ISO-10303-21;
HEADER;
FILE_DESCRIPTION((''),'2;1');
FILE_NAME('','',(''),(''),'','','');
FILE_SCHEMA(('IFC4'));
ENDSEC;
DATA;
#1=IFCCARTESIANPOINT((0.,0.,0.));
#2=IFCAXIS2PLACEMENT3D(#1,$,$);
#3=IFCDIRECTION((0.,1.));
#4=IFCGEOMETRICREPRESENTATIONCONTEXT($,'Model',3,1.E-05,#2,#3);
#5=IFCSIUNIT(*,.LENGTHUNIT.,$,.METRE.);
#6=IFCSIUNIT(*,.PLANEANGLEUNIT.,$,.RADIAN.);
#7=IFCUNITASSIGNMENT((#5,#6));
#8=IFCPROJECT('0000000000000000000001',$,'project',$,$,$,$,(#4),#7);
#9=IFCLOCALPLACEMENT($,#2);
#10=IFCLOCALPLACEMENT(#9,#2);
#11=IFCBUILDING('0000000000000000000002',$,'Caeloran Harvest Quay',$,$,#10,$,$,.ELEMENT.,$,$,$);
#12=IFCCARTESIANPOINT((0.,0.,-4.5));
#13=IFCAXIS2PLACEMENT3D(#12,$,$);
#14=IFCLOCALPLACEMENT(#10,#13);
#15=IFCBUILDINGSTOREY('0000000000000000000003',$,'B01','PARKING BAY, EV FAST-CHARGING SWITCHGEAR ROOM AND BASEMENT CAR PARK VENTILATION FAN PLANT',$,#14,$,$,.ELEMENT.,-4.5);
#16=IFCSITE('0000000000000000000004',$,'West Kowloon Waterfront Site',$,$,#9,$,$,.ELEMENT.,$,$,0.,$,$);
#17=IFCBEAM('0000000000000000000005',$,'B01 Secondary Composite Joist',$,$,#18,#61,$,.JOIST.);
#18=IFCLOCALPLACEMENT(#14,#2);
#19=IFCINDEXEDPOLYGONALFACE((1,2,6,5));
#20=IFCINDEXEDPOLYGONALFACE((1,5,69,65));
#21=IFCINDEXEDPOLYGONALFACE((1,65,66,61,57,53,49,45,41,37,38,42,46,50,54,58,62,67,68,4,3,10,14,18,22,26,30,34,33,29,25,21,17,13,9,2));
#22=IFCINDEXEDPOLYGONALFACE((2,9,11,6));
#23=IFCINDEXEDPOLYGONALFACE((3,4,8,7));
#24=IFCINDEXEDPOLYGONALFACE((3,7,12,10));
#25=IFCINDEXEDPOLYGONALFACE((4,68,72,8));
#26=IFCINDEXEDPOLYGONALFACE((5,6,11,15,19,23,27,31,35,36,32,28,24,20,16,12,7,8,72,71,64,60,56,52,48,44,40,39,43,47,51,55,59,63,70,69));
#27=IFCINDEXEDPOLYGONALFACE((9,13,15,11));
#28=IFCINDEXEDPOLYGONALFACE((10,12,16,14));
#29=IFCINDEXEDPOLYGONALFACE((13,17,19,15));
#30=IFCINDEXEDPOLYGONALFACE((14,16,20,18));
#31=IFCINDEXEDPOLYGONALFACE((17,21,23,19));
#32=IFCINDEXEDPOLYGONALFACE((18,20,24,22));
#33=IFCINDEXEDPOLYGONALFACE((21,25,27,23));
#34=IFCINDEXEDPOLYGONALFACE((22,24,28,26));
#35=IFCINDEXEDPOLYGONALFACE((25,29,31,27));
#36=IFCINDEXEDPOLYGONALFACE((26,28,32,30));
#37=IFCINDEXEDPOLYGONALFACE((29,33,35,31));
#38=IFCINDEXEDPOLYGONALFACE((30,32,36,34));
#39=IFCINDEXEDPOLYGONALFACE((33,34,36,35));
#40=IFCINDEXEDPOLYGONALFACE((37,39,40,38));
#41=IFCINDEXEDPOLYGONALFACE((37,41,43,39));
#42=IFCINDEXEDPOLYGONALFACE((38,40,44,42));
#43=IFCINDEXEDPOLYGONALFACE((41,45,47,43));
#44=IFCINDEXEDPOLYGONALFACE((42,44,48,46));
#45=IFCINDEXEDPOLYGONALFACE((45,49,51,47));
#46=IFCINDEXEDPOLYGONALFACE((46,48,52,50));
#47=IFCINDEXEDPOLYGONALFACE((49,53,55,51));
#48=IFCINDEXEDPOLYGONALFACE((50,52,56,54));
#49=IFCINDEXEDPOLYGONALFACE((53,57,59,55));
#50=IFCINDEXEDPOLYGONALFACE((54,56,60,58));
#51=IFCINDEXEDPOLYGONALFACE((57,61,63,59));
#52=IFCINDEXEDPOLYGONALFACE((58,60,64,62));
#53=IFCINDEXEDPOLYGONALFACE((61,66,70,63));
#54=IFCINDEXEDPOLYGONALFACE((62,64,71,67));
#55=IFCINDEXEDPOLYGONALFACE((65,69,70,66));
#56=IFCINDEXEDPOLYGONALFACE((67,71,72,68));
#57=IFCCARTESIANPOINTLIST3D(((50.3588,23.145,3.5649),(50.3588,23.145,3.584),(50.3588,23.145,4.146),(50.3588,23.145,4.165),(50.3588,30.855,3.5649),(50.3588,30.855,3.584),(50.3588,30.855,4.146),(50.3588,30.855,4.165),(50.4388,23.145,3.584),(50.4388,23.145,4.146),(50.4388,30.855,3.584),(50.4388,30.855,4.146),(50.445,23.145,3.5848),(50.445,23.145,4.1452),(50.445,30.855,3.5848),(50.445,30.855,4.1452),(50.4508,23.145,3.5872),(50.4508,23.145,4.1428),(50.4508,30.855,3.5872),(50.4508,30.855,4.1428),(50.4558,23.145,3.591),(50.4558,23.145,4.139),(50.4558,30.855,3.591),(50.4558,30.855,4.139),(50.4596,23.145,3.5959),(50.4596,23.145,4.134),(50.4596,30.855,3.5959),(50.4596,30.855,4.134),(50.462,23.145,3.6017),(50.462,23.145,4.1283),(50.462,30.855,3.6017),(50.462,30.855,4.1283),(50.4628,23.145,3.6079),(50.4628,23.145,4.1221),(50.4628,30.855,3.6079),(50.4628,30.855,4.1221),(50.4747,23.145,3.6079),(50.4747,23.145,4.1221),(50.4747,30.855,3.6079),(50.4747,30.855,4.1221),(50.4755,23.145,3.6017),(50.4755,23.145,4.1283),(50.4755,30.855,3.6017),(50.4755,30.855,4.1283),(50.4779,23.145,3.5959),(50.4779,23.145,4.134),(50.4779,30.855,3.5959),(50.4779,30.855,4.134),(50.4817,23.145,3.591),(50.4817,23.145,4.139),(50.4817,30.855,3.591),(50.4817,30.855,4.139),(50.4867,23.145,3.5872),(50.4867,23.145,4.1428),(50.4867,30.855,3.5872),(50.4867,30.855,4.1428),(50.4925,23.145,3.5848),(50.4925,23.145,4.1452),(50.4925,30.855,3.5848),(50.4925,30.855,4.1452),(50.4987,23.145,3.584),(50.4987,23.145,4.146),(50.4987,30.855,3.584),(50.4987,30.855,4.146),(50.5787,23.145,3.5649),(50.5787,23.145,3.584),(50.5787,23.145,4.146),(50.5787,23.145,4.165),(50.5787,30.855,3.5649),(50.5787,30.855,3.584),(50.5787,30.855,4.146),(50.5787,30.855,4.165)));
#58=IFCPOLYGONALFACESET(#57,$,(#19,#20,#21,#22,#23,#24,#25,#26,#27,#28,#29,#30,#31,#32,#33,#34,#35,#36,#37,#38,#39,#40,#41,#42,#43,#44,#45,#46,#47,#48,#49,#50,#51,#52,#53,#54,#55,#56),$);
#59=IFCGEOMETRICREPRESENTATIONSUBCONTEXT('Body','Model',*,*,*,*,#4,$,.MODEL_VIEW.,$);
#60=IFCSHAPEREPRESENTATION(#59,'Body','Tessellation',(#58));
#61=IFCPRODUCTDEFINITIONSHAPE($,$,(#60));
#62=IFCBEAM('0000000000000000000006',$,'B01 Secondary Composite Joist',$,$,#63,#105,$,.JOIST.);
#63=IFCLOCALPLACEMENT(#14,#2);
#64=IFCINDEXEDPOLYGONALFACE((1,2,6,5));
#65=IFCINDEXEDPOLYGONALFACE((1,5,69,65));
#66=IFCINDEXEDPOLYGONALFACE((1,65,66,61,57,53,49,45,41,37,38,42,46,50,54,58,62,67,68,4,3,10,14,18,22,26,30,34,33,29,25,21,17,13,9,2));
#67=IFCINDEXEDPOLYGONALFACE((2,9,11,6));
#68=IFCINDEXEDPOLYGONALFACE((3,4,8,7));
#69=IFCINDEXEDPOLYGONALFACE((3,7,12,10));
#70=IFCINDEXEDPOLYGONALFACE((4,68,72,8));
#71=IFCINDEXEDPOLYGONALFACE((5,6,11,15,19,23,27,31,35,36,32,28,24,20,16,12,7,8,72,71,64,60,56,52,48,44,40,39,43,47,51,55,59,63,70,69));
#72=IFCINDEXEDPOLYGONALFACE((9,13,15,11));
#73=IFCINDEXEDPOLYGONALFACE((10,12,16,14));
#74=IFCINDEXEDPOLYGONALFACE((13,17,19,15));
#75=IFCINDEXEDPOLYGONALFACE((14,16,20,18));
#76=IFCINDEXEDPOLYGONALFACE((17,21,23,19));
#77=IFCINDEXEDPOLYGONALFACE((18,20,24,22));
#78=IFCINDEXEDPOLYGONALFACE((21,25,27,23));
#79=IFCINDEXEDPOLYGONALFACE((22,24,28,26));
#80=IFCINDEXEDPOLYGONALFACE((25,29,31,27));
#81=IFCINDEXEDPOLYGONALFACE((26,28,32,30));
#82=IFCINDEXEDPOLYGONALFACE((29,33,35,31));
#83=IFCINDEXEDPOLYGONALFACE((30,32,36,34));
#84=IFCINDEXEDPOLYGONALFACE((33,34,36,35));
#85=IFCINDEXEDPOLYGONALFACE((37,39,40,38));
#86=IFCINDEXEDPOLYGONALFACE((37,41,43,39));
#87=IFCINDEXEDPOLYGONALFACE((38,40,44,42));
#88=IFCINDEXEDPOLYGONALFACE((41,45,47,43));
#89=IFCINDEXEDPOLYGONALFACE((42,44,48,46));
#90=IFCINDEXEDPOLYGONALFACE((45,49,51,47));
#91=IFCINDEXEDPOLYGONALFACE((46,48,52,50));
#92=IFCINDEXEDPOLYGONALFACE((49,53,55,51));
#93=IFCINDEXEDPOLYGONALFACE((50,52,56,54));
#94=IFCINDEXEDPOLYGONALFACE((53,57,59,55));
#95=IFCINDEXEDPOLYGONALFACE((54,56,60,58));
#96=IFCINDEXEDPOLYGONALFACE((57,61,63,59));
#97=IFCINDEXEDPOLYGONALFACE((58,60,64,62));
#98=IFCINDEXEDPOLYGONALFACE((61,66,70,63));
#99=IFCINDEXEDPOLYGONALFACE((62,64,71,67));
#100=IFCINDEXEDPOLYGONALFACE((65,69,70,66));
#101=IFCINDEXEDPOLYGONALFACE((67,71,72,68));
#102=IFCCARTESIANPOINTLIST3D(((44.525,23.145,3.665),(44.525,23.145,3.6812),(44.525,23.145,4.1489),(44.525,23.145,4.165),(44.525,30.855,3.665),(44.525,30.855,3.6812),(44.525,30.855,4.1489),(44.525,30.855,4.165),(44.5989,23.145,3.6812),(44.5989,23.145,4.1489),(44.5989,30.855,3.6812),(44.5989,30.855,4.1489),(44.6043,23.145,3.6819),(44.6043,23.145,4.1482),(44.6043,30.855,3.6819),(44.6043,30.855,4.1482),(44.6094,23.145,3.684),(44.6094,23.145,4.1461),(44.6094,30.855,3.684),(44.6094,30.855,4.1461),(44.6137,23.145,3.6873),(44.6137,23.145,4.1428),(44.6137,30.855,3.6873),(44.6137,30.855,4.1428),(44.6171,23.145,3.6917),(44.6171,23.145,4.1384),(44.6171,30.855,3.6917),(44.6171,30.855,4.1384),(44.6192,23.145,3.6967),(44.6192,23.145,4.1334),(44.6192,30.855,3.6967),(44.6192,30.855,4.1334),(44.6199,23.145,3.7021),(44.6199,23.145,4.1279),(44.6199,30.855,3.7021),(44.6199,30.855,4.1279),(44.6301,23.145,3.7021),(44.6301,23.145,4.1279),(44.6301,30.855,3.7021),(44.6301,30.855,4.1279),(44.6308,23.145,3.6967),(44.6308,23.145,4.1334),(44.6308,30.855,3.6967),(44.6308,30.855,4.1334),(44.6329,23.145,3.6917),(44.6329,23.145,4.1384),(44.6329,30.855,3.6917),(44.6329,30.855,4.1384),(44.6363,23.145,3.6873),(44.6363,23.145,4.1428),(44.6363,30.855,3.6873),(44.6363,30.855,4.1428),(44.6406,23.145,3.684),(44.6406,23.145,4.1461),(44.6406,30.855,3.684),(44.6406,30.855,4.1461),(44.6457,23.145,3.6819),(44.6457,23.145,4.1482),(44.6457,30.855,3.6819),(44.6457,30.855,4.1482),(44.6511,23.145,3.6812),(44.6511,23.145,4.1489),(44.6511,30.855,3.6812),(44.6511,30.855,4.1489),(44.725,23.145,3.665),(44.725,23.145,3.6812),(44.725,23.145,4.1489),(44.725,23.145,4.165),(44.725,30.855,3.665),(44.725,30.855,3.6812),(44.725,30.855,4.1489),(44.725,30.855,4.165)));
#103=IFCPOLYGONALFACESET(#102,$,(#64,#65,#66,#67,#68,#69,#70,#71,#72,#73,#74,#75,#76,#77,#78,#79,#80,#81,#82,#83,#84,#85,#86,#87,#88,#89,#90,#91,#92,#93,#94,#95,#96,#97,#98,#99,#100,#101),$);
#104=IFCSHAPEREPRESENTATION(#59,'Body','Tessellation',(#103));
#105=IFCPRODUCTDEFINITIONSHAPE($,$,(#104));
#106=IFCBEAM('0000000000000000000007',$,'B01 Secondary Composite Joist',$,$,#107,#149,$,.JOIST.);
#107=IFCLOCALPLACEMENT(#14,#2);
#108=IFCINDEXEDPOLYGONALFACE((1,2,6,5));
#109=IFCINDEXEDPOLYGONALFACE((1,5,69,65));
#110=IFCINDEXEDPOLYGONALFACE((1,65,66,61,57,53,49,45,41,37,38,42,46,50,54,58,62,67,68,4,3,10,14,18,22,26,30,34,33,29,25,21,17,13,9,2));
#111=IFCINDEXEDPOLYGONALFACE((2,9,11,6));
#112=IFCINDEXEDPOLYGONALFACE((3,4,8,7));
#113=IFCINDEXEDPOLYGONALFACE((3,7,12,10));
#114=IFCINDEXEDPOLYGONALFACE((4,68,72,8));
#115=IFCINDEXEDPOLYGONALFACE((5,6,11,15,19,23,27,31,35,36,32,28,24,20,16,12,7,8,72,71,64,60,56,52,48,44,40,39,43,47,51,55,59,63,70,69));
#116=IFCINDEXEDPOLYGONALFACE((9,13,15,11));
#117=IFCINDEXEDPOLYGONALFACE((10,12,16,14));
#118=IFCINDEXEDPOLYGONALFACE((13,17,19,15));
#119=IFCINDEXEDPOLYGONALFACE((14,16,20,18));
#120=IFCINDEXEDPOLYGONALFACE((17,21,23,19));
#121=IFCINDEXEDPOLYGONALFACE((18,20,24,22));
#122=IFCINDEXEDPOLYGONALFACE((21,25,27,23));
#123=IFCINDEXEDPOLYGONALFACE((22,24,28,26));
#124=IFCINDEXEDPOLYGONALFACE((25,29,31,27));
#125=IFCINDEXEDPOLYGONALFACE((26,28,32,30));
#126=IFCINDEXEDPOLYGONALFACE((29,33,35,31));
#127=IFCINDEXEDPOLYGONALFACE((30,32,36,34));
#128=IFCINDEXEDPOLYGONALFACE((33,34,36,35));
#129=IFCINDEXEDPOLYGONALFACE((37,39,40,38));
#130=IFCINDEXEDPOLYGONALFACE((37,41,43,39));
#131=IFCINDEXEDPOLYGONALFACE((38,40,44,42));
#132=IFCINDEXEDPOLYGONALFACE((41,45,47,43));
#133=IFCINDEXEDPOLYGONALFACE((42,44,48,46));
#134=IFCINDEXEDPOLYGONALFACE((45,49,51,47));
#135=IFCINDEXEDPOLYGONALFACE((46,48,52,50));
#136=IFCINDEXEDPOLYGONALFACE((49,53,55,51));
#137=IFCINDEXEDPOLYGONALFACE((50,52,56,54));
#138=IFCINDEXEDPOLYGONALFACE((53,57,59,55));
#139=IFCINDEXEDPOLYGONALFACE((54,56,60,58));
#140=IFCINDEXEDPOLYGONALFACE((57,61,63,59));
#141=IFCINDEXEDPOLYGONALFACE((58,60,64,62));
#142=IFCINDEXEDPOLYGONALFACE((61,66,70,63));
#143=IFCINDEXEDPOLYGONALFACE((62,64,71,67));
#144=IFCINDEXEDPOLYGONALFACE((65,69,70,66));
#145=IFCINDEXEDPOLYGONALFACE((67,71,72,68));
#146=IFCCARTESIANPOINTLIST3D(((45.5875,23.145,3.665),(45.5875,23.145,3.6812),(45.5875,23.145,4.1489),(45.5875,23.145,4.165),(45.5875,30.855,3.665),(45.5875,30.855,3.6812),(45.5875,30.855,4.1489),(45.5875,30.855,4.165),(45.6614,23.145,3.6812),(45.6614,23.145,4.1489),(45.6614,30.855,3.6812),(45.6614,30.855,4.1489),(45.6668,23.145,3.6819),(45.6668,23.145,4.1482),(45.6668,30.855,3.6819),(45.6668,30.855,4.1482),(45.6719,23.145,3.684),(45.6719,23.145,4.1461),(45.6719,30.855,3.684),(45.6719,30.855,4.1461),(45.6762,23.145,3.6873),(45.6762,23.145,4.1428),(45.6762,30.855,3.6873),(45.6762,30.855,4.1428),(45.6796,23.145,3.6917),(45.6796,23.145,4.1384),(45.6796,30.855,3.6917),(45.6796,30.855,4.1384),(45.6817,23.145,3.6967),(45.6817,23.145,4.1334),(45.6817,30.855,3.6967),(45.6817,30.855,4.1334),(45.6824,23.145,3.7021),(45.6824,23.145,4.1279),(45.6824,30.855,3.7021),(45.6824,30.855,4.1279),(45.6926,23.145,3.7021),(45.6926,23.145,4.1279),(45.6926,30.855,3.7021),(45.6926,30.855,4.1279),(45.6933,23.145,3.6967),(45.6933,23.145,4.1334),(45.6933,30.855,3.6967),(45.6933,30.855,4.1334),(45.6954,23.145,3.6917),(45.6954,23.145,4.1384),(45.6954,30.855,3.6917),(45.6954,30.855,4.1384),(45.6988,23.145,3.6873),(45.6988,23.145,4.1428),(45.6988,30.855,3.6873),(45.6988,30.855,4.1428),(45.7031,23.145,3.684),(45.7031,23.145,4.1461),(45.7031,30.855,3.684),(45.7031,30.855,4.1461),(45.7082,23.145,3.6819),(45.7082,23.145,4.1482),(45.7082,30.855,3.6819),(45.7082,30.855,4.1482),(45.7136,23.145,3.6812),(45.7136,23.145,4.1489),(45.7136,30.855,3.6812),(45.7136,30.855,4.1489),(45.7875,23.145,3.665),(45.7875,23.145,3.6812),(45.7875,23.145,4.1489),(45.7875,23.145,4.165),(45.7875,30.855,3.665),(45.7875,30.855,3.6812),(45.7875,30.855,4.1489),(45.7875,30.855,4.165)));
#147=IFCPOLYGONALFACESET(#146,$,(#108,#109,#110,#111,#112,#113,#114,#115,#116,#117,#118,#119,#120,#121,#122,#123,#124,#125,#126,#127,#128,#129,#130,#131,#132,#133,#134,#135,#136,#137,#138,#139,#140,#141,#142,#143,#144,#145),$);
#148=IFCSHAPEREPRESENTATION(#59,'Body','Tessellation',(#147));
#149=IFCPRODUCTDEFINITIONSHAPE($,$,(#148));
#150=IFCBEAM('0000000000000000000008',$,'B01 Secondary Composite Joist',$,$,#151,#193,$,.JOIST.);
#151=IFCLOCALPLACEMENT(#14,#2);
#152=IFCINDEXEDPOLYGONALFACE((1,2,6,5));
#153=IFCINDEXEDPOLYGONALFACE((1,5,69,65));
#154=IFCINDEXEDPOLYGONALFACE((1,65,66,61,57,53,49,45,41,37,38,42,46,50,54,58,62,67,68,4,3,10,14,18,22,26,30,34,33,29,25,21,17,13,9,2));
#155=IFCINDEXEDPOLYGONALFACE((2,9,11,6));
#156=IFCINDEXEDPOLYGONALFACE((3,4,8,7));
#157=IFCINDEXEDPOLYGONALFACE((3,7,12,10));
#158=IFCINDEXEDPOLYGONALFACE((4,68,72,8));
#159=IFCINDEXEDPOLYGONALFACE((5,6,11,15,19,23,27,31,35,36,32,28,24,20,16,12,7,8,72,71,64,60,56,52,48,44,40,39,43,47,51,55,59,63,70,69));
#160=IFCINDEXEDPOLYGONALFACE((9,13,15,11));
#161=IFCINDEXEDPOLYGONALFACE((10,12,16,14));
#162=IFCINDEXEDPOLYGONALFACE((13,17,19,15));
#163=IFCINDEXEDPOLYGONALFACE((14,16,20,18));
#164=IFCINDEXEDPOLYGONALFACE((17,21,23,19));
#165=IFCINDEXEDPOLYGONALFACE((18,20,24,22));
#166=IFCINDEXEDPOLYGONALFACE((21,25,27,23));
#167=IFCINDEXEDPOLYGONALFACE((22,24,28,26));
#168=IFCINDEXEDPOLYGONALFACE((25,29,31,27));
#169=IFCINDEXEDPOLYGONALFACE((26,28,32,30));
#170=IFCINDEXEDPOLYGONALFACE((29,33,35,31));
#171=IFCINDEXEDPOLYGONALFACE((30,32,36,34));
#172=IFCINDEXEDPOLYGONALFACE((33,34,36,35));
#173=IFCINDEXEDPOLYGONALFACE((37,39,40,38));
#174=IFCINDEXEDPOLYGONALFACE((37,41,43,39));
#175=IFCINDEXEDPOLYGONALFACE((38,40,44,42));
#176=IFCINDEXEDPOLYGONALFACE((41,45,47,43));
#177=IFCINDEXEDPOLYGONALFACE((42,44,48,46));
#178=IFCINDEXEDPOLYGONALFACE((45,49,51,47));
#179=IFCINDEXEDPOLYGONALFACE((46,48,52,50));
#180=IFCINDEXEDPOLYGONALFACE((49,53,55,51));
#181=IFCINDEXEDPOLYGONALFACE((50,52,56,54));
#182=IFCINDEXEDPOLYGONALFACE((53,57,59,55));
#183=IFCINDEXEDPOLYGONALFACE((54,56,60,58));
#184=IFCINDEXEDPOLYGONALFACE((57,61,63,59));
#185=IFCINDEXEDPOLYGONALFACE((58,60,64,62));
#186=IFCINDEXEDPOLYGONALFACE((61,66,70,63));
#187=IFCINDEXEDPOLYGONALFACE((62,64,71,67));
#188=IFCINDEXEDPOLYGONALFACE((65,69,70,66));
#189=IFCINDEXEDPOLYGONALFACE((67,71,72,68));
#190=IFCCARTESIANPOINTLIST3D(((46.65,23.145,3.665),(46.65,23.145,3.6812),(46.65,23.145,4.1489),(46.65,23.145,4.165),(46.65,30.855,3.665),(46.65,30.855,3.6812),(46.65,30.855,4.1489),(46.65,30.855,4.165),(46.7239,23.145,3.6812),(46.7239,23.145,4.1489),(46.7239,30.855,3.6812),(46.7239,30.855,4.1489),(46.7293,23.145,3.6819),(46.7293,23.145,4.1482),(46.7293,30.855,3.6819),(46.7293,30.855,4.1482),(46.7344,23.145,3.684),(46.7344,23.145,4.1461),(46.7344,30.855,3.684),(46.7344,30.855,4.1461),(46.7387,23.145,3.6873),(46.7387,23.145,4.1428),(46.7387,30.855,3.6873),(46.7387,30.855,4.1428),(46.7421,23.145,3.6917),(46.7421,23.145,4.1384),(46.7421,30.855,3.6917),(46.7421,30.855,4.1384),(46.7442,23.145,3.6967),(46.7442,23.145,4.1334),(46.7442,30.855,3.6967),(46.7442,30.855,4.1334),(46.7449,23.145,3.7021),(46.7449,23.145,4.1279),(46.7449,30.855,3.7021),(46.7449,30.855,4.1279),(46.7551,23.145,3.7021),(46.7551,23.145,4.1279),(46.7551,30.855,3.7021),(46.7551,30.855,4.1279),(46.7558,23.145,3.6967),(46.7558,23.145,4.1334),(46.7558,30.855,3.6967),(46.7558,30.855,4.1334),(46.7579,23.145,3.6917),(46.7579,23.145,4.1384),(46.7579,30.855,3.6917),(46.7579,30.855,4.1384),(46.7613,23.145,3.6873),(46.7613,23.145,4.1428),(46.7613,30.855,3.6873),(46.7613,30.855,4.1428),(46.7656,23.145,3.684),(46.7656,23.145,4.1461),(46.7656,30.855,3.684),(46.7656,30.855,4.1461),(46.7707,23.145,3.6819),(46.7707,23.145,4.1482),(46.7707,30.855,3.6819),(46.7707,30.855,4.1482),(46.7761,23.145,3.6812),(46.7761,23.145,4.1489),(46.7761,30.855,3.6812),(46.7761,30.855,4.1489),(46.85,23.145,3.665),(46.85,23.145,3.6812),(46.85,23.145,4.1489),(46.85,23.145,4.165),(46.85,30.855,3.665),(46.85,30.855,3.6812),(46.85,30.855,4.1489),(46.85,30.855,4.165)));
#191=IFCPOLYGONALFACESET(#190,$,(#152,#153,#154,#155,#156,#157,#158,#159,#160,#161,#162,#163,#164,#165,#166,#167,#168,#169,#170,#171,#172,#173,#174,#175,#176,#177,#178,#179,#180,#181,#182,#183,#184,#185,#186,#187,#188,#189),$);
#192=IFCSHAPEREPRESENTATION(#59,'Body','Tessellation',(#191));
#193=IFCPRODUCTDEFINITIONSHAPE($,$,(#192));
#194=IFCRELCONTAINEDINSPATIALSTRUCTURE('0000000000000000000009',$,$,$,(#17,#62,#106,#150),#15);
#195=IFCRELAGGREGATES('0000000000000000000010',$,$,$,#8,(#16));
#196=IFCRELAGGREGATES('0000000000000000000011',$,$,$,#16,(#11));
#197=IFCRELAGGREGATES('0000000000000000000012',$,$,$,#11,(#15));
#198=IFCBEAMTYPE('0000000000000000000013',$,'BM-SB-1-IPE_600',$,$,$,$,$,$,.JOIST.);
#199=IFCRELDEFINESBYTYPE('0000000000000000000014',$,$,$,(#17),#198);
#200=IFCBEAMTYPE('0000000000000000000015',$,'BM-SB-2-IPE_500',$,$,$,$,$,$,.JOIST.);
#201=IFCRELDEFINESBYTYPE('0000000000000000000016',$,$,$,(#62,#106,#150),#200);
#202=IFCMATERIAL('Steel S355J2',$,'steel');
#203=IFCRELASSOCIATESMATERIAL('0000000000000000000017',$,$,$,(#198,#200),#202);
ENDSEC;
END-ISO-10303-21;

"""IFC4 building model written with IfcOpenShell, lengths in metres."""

from ifc_helpers import new_model, si_unit, direction, frame, origin, origin_2d, place, context, subcontext, project, spatial, i_section, extrude, material, material_profile, profile_set, type_object, element, save


model = new_model("IFC4")

# Units and contexts
model_context = context("Model", 3, precision=1e-05, world=origin(), true_north=direction((0.0, 1.0)))
body_context = subcontext(model_context, "Body", "Model", "MODEL_VIEW")
ifc_project = project(units=[si_unit("LENGTHUNIT", "METRE"), si_unit("PLANEANGLEUNIT", "RADIAN")], contexts=[model_context])

# Site, building, storey
site_placement = place(None, origin())
site = spatial("IfcSite", under=ifc_project, at=site_placement, Name="West Kowloon Waterfront Site", CompositionType="ELEMENT", RefElevation=0.0)
building_placement = place(site_placement, origin())
building = spatial("IfcBuilding", under=site, at=building_placement, Name="Caeloran Harvest Quay", CompositionType="ELEMENT")
storey_placement = place(building_placement, frame((0.0, 0.0, -4.5)))
storey = spatial("IfcBuildingStorey", under=building, at=storey_placement, Name="B01", Description="PARKING BAY, EV FAST-CHARGING SWITCHGEAR ROOM AND BASEMENT CAR PARK VENTILATION FAN PLANT", CompositionType="ELEMENT", Elevation=-4.5)

# Beams
ifc_material_1 = material(Name="Steel S355J2", Category="steel")
ifc_material_profile_1 = material_profile(ifc_material_1, i_section(OverallWidth=0.22, OverallDepth=0.6001, WebThickness=0.012, FlangeThickness=0.019, FilletRadius=0.0239, at=origin_2d()), Name="IPE 600")
ifc_profile_set_1 = profile_set([ifc_material_profile_1], Name="Steel S355J2")
beam_type_1 = type_object("IfcBeamType", Name="BM-SB-1-IPE_600", PredefinedType="JOIST", material=ifc_profile_set_1)
for number, where, z_axis, x_axis, name in (
    (1, (50.4688, 23.145, 3.865), (0.0, 1.0, 0.0), (-1.0, 0.0, 0.0), "B01 Secondary Composite Joist"),
):
    element("IfcBeam", number, at=place(storey_placement, frame(where, z_axis=z_axis, x_axis=x_axis)), inside=storey, type_object=beam_type_1, Name=name, PredefinedType="JOIST", context=body_context, shape_type="SweptSolid", body=[
        extrude(i_section(OverallWidth=0.22, OverallDepth=0.6001, WebThickness=0.012, FlangeThickness=0.019, FilletRadius=0.0239, at=origin_2d()), origin(), (0.0, 0.0, 1.0), 7.71),
    ])
ifc_material_profile_2 = material_profile(ifc_material_1, i_section(OverallWidth=0.2, OverallDepth=0.5, WebThickness=0.0103, FlangeThickness=0.0161, FilletRadius=0.021, at=origin_2d()), Name="IPE 500")
ifc_profile_set_2 = profile_set([ifc_material_profile_2], Name="Steel S355J2")
beam_type_2 = type_object("IfcBeamType", Name="BM-SB-2-IPE_500", PredefinedType="JOIST", material=ifc_profile_set_2)
for number, where, z_axis, x_axis, name in (
    (2, (44.625, 23.145, 3.915), (0.0, 1.0, 0.0), (-1.0, 0.0, 0.0), "B01 Secondary Composite Joist"),
    (3, (45.6875, 23.145, 3.915), (0.0, 1.0, 0.0), (-1.0, 0.0, 0.0), "B01 Secondary Composite Joist"),
    (4, (46.75, 23.145, 3.915), (0.0, 1.0, 0.0), (-1.0, 0.0, 0.0), "B01 Secondary Composite Joist"),
):
    element("IfcBeam", number, at=place(storey_placement, frame(where, z_axis=z_axis, x_axis=x_axis)), inside=storey, type_object=beam_type_2, Name=name, PredefinedType="JOIST", context=body_context, shape_type="SweptSolid", body=[
        extrude(i_section(OverallWidth=0.2, OverallDepth=0.5, WebThickness=0.0103, FlangeThickness=0.0161, FilletRadius=0.021, at=origin_2d()), origin(), (0.0, 0.0, 1.0), 7.71),
    ])

save(model, "model.ifc")
